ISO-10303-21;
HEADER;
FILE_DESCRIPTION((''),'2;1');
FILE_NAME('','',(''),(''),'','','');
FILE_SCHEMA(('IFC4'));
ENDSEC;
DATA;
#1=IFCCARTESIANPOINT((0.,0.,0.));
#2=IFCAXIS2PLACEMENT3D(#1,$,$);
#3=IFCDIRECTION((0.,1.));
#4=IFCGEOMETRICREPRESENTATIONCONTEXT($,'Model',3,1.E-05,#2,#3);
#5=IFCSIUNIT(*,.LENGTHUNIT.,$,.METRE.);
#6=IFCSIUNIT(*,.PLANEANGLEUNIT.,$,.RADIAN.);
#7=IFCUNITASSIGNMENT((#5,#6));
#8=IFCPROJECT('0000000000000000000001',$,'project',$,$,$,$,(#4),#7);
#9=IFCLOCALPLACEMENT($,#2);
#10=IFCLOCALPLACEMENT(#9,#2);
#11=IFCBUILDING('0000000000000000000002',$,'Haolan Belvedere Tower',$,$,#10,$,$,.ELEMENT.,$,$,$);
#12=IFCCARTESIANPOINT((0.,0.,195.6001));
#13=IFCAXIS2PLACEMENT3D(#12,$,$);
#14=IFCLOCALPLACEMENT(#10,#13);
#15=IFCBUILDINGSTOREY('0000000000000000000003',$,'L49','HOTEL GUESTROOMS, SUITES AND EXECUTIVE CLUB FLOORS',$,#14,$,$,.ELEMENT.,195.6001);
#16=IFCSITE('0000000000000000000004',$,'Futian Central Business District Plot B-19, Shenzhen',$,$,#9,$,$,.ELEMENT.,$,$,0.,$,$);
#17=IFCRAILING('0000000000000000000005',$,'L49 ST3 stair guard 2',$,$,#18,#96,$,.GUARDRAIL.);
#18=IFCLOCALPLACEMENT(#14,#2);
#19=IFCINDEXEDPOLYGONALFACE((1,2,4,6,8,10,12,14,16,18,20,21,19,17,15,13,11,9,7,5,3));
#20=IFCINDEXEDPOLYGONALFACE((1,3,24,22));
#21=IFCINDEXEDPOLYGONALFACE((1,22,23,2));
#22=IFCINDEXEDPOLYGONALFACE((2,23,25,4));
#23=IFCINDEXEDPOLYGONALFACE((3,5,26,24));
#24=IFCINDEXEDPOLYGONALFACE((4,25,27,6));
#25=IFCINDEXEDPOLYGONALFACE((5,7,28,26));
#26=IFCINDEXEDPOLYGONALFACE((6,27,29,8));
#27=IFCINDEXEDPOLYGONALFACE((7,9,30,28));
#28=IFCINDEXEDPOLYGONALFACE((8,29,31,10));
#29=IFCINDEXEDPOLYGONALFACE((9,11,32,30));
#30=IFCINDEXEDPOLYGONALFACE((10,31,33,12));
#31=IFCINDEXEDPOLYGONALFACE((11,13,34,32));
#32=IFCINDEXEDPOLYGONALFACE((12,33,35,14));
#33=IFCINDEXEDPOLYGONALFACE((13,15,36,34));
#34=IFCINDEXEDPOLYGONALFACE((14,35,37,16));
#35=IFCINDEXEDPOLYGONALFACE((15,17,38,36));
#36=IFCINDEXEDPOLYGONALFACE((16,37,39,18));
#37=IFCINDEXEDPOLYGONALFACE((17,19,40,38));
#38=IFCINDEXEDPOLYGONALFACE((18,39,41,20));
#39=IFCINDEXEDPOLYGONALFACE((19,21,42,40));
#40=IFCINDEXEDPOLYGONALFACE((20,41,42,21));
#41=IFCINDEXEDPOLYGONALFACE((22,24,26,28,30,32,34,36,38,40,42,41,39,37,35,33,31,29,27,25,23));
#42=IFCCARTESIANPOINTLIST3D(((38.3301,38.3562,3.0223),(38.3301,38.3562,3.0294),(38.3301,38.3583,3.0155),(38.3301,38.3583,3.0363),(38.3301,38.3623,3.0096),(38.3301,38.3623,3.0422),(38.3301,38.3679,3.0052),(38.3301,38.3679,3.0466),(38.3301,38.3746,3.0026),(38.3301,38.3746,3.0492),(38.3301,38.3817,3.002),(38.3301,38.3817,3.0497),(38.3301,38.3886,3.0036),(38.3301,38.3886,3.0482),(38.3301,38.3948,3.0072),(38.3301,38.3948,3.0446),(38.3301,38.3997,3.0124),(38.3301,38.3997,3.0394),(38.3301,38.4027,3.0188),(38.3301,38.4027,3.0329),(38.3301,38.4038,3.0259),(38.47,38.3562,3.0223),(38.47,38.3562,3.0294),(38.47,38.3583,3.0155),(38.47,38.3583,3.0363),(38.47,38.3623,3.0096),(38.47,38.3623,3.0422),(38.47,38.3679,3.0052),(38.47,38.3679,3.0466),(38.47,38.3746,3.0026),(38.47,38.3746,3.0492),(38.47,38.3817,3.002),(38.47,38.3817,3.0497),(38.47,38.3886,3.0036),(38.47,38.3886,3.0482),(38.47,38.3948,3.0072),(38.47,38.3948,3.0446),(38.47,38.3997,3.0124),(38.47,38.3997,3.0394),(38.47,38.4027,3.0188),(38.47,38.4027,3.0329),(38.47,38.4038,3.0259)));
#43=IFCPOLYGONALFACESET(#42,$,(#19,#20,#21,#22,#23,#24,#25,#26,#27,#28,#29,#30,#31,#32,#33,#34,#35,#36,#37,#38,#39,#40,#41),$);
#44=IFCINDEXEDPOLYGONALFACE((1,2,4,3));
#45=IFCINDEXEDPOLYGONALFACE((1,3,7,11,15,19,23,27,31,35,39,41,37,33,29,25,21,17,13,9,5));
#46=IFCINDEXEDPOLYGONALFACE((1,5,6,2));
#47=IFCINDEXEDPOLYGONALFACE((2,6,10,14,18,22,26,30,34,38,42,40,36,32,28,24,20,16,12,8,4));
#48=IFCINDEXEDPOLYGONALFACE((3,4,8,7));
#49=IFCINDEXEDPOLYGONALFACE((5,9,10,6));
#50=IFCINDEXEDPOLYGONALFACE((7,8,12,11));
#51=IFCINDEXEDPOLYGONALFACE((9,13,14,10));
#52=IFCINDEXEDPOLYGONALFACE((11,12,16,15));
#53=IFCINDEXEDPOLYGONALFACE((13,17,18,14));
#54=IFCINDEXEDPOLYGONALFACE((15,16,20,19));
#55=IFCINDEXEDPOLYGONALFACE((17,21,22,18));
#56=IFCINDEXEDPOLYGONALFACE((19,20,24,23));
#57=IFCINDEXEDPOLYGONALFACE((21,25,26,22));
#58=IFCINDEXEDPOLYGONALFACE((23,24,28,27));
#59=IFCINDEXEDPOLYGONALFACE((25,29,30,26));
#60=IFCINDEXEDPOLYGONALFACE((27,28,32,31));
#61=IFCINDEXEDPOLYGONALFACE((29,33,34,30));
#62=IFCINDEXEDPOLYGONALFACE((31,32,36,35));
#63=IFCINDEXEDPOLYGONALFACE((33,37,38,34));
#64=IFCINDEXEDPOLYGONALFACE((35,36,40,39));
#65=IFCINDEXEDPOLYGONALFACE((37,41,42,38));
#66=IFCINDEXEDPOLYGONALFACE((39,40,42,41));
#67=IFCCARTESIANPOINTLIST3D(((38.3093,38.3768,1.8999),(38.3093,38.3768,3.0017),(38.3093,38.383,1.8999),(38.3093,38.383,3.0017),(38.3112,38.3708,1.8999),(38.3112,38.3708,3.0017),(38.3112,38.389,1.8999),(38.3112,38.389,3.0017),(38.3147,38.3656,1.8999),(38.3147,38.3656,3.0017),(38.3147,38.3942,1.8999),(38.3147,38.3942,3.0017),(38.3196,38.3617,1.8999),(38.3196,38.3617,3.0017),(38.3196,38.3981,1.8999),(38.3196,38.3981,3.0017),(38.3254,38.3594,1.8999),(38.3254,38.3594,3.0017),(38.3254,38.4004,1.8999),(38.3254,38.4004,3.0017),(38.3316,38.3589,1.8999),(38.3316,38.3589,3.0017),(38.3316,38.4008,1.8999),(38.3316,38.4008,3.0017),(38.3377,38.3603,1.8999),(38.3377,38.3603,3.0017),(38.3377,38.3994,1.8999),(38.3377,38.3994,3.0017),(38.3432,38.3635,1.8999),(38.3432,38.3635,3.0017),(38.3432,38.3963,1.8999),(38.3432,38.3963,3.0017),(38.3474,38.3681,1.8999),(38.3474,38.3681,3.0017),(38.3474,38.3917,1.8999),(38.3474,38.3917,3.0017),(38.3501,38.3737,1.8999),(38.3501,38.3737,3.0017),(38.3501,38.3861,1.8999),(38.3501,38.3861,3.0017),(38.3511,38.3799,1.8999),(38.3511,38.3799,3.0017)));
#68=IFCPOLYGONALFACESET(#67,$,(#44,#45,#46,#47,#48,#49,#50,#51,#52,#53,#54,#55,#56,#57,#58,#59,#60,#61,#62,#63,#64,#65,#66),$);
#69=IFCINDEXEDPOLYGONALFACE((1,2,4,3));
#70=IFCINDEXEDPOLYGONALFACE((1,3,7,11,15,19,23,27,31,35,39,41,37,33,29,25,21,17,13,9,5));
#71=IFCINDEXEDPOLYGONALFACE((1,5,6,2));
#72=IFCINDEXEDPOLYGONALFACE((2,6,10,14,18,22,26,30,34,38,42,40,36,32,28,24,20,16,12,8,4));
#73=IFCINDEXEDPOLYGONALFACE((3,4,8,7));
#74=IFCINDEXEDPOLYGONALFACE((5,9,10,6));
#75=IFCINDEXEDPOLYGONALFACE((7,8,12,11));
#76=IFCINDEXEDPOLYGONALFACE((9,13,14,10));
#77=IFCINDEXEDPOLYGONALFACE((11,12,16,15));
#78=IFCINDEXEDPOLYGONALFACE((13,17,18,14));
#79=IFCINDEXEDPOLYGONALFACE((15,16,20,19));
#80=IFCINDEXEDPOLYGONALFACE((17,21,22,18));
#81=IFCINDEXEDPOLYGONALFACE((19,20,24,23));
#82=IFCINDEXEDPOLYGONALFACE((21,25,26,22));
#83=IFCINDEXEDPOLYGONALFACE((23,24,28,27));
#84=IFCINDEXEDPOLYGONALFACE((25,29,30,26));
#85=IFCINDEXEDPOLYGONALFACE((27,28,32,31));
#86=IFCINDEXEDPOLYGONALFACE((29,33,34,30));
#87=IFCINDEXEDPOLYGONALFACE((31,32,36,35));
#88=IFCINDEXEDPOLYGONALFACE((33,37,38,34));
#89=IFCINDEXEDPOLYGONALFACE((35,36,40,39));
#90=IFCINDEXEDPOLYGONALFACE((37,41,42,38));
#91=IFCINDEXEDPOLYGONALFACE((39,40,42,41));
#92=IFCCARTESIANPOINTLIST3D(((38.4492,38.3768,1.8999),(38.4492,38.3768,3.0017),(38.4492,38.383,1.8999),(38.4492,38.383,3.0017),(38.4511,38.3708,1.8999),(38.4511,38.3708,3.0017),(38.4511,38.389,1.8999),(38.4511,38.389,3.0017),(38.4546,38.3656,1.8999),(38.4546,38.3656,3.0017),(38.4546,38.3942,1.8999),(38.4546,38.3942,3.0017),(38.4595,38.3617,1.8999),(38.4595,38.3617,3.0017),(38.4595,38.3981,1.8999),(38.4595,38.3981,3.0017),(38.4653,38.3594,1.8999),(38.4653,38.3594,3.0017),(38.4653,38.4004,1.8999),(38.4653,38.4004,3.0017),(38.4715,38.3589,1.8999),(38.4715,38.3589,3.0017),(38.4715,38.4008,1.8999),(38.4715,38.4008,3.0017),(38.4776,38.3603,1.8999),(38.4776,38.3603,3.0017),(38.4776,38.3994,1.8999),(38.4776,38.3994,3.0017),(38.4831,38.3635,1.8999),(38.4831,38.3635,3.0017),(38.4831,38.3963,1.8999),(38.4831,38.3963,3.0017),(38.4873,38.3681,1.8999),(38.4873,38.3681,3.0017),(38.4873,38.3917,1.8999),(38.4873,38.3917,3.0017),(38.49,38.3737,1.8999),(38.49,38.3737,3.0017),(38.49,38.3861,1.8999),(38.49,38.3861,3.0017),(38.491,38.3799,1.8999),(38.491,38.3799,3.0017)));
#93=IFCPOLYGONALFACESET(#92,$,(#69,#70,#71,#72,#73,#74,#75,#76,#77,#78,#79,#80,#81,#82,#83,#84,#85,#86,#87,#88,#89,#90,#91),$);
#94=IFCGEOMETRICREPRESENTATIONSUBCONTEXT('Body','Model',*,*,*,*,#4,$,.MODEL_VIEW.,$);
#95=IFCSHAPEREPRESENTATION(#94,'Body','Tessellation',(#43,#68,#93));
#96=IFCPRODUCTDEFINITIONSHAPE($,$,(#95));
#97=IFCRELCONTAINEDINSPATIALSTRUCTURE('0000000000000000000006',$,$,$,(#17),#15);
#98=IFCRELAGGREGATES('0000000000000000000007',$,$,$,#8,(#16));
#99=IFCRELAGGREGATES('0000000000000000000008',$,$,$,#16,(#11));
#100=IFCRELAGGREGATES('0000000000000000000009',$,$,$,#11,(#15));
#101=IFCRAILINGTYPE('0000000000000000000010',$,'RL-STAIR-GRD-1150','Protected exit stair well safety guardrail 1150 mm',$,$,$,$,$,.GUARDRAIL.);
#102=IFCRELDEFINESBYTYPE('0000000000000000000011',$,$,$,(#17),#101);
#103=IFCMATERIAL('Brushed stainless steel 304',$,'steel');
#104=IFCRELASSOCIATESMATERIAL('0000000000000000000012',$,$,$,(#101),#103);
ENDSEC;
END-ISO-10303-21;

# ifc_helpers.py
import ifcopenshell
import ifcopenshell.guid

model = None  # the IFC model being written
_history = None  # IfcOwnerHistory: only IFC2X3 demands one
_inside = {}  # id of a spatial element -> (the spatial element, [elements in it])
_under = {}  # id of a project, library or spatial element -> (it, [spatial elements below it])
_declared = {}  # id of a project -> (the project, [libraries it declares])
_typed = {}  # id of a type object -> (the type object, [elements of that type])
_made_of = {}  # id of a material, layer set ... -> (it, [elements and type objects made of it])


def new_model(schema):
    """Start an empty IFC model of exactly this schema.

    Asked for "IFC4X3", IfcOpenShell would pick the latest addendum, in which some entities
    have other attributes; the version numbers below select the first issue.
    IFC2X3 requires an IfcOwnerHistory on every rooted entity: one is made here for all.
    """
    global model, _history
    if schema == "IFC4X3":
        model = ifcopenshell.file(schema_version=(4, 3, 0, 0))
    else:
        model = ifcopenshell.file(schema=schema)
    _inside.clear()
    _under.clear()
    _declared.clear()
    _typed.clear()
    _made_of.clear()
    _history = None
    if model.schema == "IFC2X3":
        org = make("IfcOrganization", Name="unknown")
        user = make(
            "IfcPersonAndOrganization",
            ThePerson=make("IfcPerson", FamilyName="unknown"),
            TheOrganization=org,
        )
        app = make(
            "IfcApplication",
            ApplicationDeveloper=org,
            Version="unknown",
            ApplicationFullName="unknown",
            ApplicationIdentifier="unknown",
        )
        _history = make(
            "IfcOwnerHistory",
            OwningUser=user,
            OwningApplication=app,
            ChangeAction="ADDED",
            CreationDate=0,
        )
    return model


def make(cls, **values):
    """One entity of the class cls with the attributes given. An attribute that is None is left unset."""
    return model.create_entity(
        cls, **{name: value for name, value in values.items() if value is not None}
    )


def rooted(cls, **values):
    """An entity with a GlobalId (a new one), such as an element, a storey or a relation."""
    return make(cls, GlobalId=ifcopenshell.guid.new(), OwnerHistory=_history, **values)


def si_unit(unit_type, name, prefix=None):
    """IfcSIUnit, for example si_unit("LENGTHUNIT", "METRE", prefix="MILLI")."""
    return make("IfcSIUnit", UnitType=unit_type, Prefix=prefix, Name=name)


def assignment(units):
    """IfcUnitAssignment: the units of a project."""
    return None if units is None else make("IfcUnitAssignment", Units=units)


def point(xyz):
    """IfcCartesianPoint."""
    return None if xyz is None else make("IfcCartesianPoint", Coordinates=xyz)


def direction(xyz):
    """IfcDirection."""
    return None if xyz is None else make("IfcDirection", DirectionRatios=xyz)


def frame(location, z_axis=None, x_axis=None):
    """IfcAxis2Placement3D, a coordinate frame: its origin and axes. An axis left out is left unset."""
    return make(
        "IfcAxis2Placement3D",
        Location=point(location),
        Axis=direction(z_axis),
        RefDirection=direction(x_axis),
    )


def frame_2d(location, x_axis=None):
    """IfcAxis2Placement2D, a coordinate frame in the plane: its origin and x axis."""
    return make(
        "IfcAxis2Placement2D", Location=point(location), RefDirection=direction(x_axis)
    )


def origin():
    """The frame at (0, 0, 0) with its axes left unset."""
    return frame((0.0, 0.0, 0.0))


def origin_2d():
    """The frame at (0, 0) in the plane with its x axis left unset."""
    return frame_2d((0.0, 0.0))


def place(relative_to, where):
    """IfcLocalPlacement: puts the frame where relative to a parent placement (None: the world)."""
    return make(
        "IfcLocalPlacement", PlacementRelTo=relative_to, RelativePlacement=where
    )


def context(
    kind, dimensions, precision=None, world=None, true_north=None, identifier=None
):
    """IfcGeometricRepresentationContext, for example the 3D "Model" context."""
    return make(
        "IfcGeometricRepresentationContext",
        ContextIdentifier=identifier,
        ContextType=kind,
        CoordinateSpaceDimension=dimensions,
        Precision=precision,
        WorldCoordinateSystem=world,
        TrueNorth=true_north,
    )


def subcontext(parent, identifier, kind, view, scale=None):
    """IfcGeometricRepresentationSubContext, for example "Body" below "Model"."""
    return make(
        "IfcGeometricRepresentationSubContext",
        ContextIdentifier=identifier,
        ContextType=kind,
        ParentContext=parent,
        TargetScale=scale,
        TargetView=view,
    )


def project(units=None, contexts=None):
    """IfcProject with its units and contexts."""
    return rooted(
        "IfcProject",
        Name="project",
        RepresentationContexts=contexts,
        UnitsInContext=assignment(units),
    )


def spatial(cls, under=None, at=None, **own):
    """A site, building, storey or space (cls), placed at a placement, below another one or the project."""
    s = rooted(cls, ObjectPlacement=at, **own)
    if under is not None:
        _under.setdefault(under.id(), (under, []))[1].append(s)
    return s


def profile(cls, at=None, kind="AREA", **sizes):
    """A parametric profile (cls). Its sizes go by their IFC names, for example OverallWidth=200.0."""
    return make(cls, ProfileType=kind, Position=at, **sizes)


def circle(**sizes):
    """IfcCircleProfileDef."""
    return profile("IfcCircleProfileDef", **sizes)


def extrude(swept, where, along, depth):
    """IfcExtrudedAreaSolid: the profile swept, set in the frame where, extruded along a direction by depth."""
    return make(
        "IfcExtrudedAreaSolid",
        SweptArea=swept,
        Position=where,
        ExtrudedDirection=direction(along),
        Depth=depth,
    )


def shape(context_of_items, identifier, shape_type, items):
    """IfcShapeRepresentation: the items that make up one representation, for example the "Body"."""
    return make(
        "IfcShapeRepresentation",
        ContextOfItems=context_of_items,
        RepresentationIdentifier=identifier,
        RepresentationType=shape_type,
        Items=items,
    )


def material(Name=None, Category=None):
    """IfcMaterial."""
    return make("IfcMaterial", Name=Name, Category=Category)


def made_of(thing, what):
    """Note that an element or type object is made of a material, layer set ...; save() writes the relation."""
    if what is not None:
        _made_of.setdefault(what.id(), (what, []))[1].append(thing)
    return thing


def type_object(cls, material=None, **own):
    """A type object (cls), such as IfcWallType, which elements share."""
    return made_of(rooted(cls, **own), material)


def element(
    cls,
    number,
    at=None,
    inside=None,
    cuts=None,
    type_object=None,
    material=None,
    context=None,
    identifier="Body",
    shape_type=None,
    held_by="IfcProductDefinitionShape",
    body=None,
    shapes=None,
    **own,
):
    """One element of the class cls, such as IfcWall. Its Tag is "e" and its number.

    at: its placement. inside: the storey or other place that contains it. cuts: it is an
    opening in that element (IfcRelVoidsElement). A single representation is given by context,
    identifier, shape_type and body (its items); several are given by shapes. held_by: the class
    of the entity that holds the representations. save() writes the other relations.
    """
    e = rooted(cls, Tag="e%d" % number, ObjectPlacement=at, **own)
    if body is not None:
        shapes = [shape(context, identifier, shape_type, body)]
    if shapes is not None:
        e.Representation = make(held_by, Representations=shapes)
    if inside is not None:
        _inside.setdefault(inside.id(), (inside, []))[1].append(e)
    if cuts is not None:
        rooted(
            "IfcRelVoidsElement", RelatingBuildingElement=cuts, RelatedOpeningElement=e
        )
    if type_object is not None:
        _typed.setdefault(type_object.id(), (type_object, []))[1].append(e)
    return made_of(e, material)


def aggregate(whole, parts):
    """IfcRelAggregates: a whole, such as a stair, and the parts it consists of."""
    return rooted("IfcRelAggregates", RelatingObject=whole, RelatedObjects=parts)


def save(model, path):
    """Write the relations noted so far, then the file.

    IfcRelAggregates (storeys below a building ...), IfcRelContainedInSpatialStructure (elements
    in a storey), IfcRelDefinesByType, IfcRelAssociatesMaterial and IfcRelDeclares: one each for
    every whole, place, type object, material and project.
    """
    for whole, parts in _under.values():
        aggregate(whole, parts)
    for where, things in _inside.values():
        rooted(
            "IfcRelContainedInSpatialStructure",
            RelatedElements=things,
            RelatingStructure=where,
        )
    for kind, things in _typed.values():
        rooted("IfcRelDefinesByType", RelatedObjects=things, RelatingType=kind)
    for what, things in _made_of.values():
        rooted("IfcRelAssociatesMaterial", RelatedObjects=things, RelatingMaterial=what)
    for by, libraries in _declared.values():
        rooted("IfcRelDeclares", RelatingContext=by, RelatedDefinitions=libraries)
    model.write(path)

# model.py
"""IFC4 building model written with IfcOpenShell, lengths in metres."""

from ifc_helpers import new_model, si_unit, direction, frame, origin, origin_2d, place, context, subcontext, project, spatial, circle, extrude, material, type_object, element, save


model = new_model("IFC4")

# Units and contexts
model_context = context("Model", 3, precision=1e-05, world=origin(), true_north=direction((0.0, 1.0)))
body_context = subcontext(model_context, "Body", "Model", "MODEL_VIEW")
ifc_project = project(units=[si_unit("LENGTHUNIT", "METRE"), si_unit("PLANEANGLEUNIT", "RADIAN")], contexts=[model_context])

# Site, building, storey
site_placement = place(None, origin())
site = spatial("IfcSite", under=ifc_project, at=site_placement, Name="Futian Central Business District Plot B-19, Shenzhen", CompositionType="ELEMENT", RefElevation=0.0)
building_placement = place(site_placement, origin())
building = spatial("IfcBuilding", under=site, at=building_placement, Name="Haolan Belvedere Tower", CompositionType="ELEMENT")
storey_placement = place(building_placement, frame((0.0, 0.0, 195.6001)))
storey = spatial("IfcBuildingStorey", under=building, at=storey_placement, Name="L49", Description="HOTEL GUESTROOMS, SUITES AND EXECUTIVE CLUB FLOORS", CompositionType="ELEMENT", Elevation=195.6001)

# Railing
ifc_material_1 = material(Name="Brushed stainless steel 304", Category="steel")
railing_type_1 = type_object("IfcRailingType", Name="RL-STAIR-GRD-1150", Description="Protected exit stair well safety guardrail 1150 mm", PredefinedType="GUARDRAIL", material=ifc_material_1)
railing_1_placement = place(storey_placement, frame((38.3301, 38.3799, 1.8999)))
element("IfcRailing", 1, at=railing_1_placement, inside=storey, type_object=railing_type_1, Name="L49 ST3 stair guard 2", PredefinedType="GUARDRAIL", context=body_context, shape_type="SweptSolid", body=[
    extrude(circle(Radius=0.0239, at=origin_2d()), frame((0.0, 0.0, 1.126), z_axis=(1.0, 0.0, 0.0), x_axis=(0.0, 1.0, 0.0)), (0.0, 0.0, 1.0), 0.1399),
    extrude(circle(Radius=0.021, at=origin_2d()), origin(), (0.0, 0.0, 1.0), 1.1018),
    extrude(circle(Radius=0.021, at=origin_2d()), frame((0.1399, 0.0, 0.0)), (0.0, 0.0, 1.0), 1.1018),
])

save(model, "model.ifc")
